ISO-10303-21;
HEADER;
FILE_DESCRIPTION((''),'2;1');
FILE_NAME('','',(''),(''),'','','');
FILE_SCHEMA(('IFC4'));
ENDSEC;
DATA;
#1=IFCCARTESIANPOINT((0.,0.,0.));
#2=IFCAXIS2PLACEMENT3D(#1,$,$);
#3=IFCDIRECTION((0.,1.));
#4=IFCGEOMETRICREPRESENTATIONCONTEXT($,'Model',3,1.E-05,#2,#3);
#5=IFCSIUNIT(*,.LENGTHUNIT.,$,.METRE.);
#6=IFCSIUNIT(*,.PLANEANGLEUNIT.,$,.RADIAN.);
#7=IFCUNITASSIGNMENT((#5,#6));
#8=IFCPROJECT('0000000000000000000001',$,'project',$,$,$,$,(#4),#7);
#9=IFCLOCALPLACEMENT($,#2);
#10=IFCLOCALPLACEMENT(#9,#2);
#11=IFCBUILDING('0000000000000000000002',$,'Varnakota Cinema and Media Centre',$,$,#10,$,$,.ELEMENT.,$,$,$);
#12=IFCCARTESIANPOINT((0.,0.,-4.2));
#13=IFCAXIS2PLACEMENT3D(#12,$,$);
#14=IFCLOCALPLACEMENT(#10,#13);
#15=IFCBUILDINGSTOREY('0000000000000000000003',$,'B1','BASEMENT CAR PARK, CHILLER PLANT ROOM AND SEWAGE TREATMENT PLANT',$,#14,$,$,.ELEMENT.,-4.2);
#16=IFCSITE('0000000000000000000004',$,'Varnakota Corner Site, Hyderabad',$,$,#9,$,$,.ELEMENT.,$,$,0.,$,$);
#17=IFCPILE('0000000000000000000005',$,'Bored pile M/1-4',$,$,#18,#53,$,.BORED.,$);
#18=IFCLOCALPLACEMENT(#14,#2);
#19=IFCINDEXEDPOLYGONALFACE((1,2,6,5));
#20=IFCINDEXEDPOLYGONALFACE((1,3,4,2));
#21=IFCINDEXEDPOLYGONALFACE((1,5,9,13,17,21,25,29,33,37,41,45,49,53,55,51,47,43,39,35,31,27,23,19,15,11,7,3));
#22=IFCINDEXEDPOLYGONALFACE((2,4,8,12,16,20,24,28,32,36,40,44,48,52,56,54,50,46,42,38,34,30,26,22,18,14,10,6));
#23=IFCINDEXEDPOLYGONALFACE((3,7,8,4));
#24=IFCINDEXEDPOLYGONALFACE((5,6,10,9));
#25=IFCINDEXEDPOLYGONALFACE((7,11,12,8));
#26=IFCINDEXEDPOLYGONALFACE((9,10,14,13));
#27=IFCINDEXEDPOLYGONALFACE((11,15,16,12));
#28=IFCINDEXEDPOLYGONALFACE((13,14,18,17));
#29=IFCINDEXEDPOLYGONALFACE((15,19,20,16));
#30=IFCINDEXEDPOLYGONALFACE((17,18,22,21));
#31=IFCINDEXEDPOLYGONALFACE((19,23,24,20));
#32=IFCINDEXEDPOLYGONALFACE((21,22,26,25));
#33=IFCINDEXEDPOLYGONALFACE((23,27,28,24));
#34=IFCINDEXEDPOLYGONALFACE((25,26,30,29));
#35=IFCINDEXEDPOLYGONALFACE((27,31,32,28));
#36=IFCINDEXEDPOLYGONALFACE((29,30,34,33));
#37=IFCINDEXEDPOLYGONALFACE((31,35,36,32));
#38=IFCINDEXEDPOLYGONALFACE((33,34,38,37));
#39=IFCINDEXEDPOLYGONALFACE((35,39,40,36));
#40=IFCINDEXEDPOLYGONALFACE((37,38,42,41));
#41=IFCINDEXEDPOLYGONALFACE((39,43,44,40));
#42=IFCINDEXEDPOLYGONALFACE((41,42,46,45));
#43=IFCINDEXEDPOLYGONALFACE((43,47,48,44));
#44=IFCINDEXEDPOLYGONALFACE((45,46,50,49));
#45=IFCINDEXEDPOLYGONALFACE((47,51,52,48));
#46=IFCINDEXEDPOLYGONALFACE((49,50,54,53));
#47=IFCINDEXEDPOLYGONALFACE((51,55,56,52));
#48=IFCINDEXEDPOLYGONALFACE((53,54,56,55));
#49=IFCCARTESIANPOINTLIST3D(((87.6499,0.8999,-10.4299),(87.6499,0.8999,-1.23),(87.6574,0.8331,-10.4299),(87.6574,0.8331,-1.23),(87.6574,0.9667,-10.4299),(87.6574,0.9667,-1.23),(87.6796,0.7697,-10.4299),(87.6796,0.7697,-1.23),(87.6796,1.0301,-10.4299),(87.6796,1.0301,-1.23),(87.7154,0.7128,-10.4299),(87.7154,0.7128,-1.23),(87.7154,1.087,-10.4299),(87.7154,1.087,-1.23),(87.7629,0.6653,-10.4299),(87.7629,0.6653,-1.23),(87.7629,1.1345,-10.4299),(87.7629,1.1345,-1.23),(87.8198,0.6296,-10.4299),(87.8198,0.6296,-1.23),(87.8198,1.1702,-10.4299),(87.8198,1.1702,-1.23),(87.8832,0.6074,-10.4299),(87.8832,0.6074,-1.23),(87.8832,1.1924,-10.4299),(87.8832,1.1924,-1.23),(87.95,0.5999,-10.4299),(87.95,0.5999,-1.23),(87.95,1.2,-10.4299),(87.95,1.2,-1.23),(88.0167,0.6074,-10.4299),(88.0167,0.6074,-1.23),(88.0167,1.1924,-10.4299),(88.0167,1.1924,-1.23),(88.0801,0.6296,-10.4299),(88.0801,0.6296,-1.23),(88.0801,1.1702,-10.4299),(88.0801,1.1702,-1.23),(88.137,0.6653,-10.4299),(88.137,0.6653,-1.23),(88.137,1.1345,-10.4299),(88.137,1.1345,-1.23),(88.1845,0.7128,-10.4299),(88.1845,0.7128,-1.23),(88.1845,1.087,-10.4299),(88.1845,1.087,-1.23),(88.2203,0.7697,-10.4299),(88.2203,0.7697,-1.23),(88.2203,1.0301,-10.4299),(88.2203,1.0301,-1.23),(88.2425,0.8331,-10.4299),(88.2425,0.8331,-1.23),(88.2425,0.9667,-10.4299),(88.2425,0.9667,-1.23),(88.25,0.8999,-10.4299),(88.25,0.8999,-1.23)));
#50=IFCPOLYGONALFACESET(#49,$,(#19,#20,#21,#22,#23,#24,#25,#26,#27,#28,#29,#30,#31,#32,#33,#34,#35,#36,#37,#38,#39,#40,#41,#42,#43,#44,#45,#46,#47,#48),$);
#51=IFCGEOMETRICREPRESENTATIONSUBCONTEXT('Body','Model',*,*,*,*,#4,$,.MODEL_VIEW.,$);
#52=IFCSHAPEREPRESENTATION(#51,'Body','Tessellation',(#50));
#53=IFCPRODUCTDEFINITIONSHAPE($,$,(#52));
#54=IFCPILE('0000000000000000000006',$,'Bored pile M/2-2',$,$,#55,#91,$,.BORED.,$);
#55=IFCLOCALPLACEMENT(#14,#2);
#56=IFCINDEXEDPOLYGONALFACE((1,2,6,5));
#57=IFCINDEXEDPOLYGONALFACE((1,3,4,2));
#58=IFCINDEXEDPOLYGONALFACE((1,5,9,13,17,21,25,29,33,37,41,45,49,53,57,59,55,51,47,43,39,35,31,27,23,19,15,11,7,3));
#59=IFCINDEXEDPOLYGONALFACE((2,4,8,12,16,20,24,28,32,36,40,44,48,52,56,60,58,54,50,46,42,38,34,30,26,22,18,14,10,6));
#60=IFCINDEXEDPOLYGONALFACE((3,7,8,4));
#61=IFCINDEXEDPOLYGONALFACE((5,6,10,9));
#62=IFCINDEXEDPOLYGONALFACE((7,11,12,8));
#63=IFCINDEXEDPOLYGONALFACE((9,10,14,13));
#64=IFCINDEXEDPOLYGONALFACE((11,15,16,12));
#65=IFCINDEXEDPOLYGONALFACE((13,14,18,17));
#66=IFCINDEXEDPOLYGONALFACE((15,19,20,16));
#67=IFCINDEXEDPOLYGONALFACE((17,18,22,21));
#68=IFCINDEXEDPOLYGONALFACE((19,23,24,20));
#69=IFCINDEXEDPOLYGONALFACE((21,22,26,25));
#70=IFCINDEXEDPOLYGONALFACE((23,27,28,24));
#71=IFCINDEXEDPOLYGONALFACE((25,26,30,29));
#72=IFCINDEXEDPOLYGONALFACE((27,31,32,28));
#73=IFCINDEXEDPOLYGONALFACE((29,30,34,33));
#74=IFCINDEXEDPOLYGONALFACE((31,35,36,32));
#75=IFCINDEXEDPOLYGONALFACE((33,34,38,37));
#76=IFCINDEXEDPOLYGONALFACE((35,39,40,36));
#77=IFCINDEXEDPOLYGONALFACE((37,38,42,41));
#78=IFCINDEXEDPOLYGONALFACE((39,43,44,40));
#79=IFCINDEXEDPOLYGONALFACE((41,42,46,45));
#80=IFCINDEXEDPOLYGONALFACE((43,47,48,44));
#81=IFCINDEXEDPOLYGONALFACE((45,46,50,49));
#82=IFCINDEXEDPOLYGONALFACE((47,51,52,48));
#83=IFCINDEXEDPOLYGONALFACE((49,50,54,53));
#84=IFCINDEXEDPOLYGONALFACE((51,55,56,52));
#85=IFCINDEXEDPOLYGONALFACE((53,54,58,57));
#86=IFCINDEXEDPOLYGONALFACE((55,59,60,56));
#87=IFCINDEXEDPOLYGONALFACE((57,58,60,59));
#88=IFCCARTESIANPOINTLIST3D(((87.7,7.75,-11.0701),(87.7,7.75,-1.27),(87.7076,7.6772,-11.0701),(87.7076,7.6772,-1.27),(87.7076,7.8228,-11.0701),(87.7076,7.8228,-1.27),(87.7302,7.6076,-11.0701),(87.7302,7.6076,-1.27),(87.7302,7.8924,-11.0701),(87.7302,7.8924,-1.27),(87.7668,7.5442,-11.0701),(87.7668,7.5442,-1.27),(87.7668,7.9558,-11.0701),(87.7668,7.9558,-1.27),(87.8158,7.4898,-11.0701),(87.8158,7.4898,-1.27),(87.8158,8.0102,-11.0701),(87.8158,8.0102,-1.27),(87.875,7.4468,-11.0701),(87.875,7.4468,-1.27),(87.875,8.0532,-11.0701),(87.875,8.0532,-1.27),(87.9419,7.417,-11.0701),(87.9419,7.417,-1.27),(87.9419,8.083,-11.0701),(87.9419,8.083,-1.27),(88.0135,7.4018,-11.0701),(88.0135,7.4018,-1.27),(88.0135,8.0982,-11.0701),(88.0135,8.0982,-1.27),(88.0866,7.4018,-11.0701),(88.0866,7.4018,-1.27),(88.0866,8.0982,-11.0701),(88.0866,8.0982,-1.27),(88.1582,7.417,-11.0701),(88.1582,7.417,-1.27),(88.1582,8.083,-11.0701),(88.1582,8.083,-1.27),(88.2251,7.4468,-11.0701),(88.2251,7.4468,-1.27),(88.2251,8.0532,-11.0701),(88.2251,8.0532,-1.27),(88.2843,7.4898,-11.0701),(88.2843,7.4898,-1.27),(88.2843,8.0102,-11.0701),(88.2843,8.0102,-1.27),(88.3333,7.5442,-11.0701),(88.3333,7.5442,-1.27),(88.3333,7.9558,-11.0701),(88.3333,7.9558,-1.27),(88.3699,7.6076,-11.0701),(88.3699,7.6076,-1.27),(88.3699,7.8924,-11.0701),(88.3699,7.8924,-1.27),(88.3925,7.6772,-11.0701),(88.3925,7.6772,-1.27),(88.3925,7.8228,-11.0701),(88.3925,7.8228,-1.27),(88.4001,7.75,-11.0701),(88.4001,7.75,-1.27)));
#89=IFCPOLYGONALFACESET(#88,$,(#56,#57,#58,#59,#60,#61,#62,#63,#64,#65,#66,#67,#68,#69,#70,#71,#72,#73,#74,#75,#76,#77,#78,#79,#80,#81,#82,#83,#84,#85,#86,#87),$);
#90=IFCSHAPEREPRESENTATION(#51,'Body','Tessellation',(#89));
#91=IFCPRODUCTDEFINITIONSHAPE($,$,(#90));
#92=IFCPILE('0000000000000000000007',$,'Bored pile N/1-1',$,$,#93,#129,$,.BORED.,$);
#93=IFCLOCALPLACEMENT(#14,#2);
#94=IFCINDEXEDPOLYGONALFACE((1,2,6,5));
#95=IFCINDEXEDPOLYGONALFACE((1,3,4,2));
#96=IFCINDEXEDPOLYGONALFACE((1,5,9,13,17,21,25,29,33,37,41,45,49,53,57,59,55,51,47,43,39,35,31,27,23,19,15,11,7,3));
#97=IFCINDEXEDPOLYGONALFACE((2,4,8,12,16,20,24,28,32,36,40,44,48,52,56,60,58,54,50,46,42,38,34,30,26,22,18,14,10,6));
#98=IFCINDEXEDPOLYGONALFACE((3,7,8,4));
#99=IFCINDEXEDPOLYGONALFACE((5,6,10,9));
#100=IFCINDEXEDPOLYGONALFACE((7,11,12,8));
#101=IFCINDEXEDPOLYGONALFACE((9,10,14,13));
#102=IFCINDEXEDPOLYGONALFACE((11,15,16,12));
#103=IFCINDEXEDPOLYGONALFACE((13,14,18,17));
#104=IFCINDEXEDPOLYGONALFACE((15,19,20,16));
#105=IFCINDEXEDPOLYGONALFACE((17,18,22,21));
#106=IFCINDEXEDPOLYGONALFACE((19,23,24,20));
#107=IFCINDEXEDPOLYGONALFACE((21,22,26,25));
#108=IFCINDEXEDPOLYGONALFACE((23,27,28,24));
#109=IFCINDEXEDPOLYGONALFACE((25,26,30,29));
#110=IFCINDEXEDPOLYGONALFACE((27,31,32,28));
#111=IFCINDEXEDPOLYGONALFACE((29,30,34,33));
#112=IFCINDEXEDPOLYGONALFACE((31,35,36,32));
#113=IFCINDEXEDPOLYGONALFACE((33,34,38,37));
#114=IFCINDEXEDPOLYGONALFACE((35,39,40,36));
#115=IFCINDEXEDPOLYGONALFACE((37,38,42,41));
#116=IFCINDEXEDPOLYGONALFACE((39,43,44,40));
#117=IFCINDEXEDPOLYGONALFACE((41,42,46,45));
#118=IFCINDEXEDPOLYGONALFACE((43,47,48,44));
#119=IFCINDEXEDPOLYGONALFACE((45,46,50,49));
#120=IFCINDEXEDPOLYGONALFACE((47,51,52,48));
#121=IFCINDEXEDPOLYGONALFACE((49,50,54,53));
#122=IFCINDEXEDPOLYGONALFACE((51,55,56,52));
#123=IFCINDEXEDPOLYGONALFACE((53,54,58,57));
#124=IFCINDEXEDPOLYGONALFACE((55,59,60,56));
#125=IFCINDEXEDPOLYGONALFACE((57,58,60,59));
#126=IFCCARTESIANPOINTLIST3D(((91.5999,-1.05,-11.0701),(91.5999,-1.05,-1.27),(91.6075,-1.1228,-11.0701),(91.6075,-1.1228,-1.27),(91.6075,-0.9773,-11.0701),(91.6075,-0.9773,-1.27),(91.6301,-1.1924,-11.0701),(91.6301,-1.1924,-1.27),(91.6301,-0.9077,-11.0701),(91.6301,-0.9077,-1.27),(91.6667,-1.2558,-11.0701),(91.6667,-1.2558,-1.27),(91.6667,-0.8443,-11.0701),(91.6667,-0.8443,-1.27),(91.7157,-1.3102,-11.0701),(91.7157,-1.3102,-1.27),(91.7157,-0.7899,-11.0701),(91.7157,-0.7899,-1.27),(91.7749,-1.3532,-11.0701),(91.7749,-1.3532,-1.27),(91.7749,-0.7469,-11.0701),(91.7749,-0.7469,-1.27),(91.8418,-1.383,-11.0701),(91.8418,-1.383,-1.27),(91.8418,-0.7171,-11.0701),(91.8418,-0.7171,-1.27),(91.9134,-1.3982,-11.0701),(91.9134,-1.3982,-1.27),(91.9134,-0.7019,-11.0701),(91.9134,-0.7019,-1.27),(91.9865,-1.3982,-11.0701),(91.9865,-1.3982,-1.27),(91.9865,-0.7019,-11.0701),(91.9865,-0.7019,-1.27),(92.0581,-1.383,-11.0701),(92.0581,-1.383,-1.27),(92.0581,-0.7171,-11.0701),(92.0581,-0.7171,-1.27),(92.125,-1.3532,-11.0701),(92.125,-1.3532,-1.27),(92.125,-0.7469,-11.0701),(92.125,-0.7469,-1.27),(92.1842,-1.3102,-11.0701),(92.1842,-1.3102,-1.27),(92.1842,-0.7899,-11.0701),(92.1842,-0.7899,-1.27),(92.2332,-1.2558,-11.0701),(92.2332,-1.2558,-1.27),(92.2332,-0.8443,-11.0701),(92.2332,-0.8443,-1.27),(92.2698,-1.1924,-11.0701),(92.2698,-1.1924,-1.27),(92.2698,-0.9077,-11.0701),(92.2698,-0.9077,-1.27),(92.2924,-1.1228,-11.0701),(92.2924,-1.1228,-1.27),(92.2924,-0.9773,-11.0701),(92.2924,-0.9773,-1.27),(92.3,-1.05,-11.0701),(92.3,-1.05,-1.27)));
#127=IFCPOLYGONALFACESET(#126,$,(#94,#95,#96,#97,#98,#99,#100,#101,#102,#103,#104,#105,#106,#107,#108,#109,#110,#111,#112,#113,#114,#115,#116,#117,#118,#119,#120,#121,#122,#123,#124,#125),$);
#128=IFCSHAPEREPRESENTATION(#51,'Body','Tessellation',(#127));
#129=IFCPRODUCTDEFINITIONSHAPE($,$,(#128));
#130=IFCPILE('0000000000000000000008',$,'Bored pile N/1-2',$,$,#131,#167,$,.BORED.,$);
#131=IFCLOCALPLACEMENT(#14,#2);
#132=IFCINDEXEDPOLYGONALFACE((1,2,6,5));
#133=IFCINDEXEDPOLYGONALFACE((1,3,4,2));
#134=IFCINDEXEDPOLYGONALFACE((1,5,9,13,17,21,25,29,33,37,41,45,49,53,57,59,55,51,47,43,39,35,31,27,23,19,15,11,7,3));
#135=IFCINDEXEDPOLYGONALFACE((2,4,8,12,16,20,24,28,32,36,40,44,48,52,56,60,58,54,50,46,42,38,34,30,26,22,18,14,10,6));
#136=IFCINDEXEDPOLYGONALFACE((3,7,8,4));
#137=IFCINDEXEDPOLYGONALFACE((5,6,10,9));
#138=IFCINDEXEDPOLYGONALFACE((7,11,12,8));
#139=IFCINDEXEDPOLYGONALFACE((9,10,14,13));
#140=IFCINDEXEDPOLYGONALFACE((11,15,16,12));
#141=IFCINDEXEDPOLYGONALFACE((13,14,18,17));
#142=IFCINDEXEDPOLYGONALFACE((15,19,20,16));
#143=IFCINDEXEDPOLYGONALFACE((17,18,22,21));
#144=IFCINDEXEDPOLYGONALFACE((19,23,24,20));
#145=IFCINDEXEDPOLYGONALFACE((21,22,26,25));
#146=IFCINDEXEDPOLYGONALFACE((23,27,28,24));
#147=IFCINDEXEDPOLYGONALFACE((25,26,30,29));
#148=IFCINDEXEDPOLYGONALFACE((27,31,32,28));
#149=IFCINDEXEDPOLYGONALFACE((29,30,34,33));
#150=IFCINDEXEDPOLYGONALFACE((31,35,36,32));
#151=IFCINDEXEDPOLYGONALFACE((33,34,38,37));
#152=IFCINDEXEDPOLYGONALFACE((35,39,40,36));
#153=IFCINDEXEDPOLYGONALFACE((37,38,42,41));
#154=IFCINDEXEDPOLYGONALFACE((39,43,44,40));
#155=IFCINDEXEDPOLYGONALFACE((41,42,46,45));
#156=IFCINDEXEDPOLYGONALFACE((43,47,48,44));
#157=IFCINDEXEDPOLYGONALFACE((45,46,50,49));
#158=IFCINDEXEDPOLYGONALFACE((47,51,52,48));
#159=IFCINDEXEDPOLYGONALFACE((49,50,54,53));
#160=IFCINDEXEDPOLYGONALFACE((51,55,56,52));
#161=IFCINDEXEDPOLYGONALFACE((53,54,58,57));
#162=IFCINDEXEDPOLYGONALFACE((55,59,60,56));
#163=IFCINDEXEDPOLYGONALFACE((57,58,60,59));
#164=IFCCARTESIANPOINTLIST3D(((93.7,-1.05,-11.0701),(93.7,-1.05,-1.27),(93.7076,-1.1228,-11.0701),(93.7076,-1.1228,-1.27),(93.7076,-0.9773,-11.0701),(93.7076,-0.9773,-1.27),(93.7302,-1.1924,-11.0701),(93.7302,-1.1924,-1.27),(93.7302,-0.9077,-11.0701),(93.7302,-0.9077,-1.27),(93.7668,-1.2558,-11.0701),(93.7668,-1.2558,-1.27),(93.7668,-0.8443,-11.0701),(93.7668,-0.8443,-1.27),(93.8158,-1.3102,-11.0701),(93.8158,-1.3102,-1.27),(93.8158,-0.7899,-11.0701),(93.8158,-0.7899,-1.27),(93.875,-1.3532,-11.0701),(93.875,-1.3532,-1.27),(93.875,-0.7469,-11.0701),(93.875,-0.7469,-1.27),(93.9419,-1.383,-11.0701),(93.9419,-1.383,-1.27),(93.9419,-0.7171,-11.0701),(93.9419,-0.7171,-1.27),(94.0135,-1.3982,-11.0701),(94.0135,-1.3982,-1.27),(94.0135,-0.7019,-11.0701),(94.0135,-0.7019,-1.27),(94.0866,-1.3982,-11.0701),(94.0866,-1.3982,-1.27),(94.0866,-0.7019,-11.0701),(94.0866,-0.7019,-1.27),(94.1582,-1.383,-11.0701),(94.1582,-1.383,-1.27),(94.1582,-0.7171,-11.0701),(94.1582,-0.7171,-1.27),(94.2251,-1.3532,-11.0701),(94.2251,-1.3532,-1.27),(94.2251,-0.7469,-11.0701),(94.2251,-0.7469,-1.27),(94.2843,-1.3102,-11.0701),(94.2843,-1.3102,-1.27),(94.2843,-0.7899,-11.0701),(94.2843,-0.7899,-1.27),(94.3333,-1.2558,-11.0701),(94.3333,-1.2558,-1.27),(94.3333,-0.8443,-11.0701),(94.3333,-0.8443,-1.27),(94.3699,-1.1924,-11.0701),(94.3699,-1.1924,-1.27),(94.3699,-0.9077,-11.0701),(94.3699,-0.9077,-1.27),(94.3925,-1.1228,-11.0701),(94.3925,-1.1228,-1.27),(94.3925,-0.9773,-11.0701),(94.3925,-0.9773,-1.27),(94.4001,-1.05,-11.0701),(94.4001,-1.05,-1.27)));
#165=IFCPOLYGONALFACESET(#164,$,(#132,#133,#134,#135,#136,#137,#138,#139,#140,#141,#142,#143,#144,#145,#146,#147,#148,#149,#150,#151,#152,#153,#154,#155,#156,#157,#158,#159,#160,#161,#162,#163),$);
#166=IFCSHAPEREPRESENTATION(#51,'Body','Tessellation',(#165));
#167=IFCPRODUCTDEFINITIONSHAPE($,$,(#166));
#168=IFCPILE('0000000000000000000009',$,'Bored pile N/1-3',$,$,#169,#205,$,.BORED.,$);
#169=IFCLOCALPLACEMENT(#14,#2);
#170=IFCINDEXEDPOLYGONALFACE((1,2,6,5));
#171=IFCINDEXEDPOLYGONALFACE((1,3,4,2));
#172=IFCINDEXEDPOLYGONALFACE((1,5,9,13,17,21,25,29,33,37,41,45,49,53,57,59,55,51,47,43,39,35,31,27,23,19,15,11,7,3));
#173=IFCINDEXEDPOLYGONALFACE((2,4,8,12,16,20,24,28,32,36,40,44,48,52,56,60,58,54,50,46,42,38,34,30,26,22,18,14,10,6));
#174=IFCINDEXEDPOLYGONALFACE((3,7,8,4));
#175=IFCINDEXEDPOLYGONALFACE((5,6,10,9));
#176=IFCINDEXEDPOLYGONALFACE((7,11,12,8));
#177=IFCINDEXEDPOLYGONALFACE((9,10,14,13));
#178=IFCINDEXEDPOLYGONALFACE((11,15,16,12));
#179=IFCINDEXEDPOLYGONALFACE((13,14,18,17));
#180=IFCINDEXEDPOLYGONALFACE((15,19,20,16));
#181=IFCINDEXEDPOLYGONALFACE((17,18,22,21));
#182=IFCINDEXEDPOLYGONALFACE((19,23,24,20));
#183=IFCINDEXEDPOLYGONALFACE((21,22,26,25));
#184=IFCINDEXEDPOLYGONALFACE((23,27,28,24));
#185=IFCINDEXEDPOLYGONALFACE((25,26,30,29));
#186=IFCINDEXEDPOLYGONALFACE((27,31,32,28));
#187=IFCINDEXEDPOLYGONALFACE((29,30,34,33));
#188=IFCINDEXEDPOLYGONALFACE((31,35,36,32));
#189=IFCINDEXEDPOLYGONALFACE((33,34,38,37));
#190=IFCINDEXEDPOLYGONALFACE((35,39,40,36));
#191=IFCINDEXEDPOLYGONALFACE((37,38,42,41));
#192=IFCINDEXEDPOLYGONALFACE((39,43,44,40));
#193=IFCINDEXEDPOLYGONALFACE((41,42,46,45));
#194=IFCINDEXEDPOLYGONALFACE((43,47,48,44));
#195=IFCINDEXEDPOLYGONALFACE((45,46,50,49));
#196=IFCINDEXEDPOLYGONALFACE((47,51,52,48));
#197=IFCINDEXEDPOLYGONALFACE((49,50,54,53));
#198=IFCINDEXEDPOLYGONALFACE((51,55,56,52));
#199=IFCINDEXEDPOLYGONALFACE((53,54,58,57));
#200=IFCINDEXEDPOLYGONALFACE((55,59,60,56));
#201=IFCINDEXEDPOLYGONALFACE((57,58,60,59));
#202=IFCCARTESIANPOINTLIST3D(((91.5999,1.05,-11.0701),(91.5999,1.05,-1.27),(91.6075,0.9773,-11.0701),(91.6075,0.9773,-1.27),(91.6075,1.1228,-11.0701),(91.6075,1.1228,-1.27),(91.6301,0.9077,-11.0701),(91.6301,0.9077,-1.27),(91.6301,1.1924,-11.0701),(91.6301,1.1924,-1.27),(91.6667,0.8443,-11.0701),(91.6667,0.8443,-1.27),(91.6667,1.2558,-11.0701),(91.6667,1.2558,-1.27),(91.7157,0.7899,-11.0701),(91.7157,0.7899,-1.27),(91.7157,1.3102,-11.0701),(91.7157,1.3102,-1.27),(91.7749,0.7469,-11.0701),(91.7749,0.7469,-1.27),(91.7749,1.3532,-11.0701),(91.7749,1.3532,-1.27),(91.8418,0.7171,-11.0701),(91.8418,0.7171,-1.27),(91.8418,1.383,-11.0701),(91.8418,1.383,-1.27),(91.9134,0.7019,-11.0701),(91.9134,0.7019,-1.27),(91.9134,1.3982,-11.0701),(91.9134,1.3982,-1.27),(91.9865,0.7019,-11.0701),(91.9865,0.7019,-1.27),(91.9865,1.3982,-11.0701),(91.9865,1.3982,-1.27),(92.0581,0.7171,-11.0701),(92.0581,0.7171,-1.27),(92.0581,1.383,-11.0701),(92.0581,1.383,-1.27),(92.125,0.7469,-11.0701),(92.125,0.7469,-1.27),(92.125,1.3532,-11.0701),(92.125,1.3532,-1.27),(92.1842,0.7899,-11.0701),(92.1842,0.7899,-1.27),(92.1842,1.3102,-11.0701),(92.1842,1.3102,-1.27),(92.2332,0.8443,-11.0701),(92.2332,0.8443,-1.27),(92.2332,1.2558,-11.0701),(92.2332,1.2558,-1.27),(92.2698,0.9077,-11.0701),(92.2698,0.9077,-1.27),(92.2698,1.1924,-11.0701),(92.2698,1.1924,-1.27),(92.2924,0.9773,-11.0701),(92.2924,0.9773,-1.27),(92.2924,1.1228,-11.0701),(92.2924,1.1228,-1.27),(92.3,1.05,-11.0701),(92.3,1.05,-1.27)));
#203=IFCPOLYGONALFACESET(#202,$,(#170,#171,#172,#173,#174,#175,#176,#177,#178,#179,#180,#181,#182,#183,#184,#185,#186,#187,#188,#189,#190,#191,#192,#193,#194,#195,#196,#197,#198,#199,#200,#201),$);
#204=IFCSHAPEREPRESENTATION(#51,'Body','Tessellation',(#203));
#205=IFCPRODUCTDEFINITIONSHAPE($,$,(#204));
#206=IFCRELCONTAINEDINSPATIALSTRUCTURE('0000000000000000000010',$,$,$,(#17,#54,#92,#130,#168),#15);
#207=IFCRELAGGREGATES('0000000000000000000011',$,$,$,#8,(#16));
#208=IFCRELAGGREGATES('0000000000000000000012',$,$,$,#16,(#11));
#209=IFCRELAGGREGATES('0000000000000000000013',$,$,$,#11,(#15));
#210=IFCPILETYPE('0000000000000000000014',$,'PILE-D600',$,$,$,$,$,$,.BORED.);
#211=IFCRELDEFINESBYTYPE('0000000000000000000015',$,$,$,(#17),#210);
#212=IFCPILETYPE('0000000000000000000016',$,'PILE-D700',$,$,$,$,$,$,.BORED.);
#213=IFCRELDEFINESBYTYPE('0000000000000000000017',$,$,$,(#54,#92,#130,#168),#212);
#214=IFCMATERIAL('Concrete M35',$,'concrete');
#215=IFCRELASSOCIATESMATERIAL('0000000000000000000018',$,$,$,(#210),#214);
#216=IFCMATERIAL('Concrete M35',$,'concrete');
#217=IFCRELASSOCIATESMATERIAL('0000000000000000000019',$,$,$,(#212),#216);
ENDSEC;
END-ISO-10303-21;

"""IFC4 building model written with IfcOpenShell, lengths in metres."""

from ifc_helpers import new_model, si_unit, direction, frame, origin, origin_2d, place, context, subcontext, project, spatial, circle, extrude, material, material_profile, profile_set, type_object, element, save


model = new_model("IFC4")

# Units and contexts
model_context = context("Model", 3, precision=1e-05, world=origin(), true_north=direction((0.0, 1.0)))
body_context = subcontext(model_context, "Body", "Model", "MODEL_VIEW")
ifc_project = project(units=[si_unit("LENGTHUNIT", "METRE"), si_unit("PLANEANGLEUNIT", "RADIAN")], contexts=[model_context])

# Site, building, storey
site_placement = place(None, origin())
site = spatial("IfcSite", under=ifc_project, at=site_placement, Name="Varnakota Corner Site, Hyderabad", CompositionType="ELEMENT", RefElevation=0.0)
building_placement = place(site_placement, origin())
building = spatial("IfcBuilding", under=site, at=building_placement, Name="Varnakota Cinema and Media Centre", CompositionType="ELEMENT")
storey_placement = place(building_placement, frame((0.0, 0.0, -4.2)))
storey = spatial("IfcBuildingStorey", under=building, at=storey_placement, Name="B1", Description="BASEMENT CAR PARK, CHILLER PLANT ROOM AND SEWAGE TREATMENT PLANT", CompositionType="ELEMENT", Elevation=-4.2)

# Piles
ifc_material_1 = material(Name="Concrete M35", Category="concrete")
ifc_material_profile_1 = material_profile(ifc_material_1, circle(Radius=0.3, at=origin_2d()), Name="PILE D600")
ifc_profile_set_1 = profile_set([ifc_material_profile_1], Name="Concrete M35")
pile_type_1 = type_object("IfcPileType", Name="PILE-D600", PredefinedType="BORED", material=ifc_profile_set_1)
for number, where, z_axis, x_axis, name in (
    (1, (87.95, 0.8999, -1.23), (0.0, 0.0, -1.0), (1.0, 0.0, 0.0), "Bored pile M/1-4"),
):
    element("IfcPile", number, at=place(storey_placement, frame(where, z_axis=z_axis, x_axis=x_axis)), inside=storey, type_object=pile_type_1, Name=name, PredefinedType="BORED", context=body_context, shape_type="SweptSolid", body=[
        extrude(circle(Radius=0.3, at=origin_2d()), origin(), (0.0, 0.0, 1.0), 9.2),
    ])
ifc_material_2 = material(Name="Concrete M35", Category="concrete")
ifc_material_profile_2 = material_profile(ifc_material_2, circle(Radius=0.3501, at=origin_2d()), Name="PILE D700")
ifc_profile_set_2 = profile_set([ifc_material_profile_2], Name="Concrete M35")
pile_type_2 = type_object("IfcPileType", Name="PILE-D700", PredefinedType="BORED", material=ifc_profile_set_2)
for number, where, z_axis, x_axis, name in (
    (2, (88.05, 7.75, -1.27), (0.0, 0.0, -1.0), (1.0, 0.0, 0.0), "Bored pile M/2-2"),
    (3, (91.95, -1.05, -1.27), (0.0, 0.0, -1.0), (1.0, 0.0, 0.0), "Bored pile N/1-1"),
    (4, (94.05, -1.05, -1.27), (0.0, 0.0, -1.0), (1.0, 0.0, 0.0), "Bored pile N/1-2"),
    (5, (91.95, 1.05, -1.27), (0.0, 0.0, -1.0), (1.0, 0.0, 0.0), "Bored pile N/1-3"),
):
    element("IfcPile", number, at=place(storey_placement, frame(where, z_axis=z_axis, x_axis=x_axis)), inside=storey, type_object=pile_type_2, Name=name, PredefinedType="BORED", context=body_context, shape_type="SweptSolid", body=[
        extrude(circle(Radius=0.3501, at=origin_2d()), origin(), (0.0, 0.0, 1.0), 9.8),
    ])

save(model, "model.ifc")
